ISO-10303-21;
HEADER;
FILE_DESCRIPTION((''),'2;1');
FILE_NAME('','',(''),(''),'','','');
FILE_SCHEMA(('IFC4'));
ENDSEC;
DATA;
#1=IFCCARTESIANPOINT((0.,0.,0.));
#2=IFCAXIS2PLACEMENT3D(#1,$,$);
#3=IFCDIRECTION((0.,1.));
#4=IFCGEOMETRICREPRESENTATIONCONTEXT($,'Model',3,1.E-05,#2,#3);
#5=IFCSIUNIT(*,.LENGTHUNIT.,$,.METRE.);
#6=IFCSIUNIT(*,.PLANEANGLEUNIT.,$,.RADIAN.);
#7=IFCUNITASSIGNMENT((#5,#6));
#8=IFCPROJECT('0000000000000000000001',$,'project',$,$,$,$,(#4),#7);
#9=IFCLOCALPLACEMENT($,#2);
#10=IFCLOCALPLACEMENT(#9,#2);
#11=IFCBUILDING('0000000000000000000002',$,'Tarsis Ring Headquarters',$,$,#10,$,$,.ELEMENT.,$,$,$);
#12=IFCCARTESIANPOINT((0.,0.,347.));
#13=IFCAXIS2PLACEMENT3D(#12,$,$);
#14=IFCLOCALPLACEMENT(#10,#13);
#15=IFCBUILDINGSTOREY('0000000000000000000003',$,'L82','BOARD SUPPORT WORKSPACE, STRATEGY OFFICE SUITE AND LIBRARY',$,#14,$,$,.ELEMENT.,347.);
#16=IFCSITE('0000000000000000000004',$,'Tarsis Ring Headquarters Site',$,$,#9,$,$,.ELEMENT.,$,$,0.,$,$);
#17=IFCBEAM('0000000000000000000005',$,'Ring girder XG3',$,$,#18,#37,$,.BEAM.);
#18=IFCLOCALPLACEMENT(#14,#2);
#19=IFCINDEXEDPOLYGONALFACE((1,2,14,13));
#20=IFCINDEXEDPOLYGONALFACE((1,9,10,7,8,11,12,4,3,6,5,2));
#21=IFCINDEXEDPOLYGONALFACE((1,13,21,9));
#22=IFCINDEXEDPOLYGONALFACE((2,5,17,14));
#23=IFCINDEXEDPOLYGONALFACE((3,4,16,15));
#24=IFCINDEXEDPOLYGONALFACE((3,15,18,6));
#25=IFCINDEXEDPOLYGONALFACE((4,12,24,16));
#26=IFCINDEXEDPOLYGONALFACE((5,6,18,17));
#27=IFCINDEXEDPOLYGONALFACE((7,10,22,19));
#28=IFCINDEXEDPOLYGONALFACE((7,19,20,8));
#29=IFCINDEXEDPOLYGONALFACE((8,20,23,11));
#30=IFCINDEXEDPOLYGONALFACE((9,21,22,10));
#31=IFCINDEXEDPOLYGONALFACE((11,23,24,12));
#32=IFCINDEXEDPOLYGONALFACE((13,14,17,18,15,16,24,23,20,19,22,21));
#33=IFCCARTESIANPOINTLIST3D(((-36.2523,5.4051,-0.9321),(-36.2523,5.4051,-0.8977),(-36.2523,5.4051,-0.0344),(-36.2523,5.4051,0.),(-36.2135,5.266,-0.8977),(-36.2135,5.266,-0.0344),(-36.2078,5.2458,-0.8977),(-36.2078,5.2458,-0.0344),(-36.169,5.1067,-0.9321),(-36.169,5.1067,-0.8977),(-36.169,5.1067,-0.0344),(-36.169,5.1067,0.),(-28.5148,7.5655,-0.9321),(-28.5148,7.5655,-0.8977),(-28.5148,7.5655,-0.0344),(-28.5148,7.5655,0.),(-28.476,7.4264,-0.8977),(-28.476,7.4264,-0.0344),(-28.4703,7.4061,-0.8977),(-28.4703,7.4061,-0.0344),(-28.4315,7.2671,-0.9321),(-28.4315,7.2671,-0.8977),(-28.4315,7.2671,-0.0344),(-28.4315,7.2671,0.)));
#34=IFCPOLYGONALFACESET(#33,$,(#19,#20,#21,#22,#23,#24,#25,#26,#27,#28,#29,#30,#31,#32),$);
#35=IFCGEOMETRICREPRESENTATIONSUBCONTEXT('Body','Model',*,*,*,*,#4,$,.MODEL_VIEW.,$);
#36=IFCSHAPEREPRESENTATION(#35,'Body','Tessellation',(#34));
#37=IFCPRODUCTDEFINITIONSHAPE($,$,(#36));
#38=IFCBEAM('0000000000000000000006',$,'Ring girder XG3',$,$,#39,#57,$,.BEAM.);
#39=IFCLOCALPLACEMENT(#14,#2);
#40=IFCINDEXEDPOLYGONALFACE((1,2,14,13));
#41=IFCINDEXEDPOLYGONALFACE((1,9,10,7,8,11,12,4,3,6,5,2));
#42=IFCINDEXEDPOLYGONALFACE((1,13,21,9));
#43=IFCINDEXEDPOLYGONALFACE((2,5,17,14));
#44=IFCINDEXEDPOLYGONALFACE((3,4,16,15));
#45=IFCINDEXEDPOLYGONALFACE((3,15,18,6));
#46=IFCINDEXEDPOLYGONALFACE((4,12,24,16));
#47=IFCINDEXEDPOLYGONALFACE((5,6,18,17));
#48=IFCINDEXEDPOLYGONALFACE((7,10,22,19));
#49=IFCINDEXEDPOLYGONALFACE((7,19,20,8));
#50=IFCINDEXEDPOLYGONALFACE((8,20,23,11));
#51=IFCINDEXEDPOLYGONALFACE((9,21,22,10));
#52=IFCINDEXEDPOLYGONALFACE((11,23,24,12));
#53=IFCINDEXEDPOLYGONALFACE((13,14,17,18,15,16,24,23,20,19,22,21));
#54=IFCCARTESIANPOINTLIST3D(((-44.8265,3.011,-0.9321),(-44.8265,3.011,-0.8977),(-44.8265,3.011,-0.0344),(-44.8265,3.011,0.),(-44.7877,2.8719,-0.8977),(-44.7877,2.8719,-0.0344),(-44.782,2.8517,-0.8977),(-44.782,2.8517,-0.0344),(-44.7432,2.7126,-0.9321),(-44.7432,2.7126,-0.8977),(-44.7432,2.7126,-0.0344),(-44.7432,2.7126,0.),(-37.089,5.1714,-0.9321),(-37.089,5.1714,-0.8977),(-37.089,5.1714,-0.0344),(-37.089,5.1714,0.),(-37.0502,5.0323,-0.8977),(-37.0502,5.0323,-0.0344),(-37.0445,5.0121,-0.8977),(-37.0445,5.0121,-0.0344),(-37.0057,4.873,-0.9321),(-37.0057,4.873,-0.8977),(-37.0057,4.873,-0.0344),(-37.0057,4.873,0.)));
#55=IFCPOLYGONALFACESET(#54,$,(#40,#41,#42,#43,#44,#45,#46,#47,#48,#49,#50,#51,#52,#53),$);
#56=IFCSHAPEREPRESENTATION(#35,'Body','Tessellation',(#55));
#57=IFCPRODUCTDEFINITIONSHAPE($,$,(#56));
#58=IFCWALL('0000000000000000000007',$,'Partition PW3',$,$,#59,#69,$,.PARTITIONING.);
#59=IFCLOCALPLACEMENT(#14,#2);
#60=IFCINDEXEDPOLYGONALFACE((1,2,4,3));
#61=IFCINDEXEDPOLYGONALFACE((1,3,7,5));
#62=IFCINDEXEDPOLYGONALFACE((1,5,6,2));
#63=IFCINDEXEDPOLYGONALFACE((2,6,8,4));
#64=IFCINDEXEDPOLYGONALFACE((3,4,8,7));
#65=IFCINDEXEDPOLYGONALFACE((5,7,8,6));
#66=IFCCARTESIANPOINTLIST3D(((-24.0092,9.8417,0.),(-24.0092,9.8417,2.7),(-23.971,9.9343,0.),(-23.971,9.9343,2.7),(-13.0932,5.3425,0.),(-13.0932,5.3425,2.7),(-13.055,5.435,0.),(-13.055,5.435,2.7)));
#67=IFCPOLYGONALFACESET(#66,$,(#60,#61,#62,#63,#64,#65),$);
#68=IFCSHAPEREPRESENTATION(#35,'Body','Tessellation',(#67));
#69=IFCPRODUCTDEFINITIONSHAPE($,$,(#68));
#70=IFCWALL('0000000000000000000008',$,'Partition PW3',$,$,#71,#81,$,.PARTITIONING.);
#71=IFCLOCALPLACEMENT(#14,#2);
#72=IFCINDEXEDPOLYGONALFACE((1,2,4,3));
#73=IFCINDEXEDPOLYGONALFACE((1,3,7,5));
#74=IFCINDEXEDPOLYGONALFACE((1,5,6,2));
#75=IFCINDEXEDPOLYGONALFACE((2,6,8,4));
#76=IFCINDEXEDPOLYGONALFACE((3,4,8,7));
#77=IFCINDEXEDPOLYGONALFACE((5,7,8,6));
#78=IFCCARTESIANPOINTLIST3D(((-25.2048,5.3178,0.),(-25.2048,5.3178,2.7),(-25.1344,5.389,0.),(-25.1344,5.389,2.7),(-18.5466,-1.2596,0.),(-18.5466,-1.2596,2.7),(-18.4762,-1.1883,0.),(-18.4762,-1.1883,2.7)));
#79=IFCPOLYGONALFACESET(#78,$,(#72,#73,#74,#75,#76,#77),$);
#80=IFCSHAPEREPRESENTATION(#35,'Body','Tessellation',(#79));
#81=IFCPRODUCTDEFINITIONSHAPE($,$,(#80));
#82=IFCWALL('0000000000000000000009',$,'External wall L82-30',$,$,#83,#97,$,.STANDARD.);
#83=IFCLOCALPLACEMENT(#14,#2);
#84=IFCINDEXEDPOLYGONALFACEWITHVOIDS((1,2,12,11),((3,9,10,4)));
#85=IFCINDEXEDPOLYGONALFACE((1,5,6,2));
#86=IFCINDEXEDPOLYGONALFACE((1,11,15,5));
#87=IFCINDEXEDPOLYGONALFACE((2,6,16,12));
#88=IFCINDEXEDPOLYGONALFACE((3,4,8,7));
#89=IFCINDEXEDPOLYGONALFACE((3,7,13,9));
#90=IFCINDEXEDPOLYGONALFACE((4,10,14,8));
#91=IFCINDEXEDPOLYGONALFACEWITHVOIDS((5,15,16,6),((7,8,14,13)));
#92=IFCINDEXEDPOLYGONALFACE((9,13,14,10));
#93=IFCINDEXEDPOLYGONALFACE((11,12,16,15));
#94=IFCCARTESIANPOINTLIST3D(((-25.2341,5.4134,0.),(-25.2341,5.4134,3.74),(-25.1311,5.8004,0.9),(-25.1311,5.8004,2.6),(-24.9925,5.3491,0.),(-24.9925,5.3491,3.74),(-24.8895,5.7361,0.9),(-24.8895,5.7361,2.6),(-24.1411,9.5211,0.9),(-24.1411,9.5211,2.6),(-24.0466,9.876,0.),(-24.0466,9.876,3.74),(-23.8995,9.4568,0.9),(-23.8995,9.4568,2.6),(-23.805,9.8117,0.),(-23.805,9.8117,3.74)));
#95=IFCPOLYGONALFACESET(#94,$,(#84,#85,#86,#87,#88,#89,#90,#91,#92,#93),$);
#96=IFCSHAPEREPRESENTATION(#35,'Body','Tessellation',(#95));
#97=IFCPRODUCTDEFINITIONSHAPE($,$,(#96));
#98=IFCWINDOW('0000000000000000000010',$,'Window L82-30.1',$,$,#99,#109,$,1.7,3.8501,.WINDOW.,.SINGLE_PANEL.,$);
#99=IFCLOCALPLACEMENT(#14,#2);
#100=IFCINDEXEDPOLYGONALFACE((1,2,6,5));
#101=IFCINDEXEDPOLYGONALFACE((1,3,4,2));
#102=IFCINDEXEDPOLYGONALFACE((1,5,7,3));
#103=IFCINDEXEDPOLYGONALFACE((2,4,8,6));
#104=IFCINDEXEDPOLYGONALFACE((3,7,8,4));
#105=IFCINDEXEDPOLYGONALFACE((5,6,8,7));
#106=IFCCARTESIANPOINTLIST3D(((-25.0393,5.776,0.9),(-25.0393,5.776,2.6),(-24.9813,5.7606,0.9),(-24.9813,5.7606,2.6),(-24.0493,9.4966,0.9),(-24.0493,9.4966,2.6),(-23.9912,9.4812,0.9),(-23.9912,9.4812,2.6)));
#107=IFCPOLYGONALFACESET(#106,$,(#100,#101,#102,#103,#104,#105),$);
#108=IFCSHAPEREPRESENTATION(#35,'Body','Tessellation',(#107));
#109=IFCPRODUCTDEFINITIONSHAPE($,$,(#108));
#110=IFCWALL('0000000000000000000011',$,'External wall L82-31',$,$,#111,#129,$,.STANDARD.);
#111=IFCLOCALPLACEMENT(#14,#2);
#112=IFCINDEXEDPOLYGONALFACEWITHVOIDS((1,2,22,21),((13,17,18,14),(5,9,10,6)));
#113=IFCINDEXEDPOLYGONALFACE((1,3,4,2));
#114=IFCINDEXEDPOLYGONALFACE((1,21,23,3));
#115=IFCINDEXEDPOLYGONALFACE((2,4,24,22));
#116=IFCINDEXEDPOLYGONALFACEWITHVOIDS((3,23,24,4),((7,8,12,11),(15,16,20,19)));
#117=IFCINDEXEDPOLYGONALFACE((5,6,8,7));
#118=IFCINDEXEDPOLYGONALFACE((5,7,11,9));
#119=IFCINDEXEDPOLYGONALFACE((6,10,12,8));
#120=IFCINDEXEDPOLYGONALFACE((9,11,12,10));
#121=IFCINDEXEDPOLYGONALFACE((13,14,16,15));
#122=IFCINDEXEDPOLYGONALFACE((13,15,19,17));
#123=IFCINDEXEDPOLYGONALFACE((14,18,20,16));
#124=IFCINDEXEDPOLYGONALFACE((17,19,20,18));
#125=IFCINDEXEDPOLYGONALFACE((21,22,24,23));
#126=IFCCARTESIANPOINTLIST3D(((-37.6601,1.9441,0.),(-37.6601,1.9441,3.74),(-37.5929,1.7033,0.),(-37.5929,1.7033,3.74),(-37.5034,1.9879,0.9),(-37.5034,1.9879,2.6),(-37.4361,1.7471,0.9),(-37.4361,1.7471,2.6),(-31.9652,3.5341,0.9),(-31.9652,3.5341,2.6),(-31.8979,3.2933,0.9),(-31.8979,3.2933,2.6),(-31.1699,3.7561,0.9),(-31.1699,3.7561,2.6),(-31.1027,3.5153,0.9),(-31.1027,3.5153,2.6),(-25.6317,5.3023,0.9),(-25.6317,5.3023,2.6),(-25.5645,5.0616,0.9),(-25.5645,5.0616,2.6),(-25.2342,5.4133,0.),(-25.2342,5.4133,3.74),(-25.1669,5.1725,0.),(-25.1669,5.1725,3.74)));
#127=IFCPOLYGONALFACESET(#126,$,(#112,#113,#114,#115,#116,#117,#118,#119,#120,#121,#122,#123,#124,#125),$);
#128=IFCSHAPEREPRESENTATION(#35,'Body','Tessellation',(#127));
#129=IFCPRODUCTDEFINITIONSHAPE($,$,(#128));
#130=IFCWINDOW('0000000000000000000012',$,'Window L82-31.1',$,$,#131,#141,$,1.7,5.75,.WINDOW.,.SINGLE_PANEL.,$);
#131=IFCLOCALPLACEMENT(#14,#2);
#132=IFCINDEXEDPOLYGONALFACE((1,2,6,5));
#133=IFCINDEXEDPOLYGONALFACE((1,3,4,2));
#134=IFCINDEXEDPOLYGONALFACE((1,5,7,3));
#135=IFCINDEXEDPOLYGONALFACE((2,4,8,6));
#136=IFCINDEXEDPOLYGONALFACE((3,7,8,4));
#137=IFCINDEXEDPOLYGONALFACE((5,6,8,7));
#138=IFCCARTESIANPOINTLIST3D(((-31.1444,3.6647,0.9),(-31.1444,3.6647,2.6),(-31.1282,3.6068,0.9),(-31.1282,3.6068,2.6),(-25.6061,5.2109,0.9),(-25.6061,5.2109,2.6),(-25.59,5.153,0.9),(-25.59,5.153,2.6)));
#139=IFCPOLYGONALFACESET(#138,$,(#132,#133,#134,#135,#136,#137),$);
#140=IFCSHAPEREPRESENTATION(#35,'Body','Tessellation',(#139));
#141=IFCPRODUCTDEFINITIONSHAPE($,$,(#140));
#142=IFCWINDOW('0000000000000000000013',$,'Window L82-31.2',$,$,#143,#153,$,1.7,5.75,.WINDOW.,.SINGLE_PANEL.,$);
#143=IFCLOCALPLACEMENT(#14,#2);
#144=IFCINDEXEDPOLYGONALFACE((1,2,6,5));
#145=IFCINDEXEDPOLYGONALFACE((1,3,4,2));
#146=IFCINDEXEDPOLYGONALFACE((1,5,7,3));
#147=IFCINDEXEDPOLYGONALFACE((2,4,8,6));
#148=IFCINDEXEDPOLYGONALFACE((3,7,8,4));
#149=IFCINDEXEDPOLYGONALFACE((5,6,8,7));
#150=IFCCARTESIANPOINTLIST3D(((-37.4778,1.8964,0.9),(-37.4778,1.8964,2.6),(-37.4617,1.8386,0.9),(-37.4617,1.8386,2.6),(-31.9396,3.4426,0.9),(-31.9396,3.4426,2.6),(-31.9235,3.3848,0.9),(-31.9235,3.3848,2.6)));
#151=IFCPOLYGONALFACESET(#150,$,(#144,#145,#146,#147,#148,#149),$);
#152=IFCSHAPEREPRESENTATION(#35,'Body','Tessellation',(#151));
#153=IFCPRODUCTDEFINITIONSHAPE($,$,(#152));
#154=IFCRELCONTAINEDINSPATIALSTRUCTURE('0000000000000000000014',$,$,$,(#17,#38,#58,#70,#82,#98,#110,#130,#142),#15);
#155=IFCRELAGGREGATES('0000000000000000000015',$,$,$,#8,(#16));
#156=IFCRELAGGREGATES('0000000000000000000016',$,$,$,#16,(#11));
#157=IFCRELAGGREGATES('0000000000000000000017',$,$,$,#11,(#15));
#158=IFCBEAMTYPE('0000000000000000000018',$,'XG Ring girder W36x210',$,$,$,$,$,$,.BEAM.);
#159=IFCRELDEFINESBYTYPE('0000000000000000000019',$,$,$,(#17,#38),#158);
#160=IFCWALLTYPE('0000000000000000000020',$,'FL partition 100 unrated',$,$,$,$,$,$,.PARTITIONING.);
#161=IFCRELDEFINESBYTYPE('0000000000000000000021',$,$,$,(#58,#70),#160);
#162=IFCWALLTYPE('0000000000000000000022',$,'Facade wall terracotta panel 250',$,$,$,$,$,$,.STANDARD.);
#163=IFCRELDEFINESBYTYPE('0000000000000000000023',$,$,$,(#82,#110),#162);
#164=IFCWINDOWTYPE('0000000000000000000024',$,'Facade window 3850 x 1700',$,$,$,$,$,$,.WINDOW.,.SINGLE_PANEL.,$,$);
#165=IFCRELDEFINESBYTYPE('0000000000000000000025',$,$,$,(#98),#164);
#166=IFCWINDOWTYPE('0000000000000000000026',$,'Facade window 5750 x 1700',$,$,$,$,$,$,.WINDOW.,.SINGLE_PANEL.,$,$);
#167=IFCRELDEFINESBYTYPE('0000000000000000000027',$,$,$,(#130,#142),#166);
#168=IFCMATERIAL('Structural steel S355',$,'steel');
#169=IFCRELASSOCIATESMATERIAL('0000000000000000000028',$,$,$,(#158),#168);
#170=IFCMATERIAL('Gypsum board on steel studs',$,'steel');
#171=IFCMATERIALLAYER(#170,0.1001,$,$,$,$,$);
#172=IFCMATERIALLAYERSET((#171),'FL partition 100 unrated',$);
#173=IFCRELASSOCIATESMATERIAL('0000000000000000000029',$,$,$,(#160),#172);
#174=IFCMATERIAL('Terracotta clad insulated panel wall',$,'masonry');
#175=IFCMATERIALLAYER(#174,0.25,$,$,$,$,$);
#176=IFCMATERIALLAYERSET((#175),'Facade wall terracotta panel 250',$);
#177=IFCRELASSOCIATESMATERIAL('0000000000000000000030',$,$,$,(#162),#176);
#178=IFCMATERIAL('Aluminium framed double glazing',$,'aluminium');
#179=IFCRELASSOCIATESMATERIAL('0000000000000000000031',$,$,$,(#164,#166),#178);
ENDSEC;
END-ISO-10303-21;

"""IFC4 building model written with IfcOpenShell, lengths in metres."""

from ifc_helpers import new_model, si_unit, direction, frame, frame_2d, origin, origin_2d, place, context, subcontext, project, spatial, rectangle, i_section, extrude, material, layer, layer_set, material_profile, profile_set, type_object, element, fill, save


model = new_model("IFC4")

# Units and contexts
model_context = context("Model", 3, precision=1e-05, world=origin(), true_north=direction((0.0, 1.0)))
body_context = subcontext(model_context, "Body", "Model", "MODEL_VIEW")
ifc_project = project(units=[si_unit("LENGTHUNIT", "METRE"), si_unit("PLANEANGLEUNIT", "RADIAN")], contexts=[model_context])

# Site, building, storey
site_placement = place(None, origin())
site = spatial("IfcSite", under=ifc_project, at=site_placement, Name="Tarsis Ring Headquarters Site", CompositionType="ELEMENT", RefElevation=0.0)
building_placement = place(site_placement, origin())
building = spatial("IfcBuilding", under=site, at=building_placement, Name="Tarsis Ring Headquarters", CompositionType="ELEMENT")
storey_placement = place(building_placement, frame((0.0, 0.0, 347.0)))
storey = spatial("IfcBuildingStorey", under=building, at=storey_placement, Name="L82", Description="BOARD SUPPORT WORKSPACE, STRATEGY OFFICE SUITE AND LIBRARY", CompositionType="ELEMENT", Elevation=347.0)

# Shared definitions
ifc_material_1 = material(Name="Structural steel S355", Category="steel")

# Beams
ifc_material_profile_1 = material_profile(ifc_material_1, i_section(OverallWidth=0.3098, OverallDepth=0.9321, WebThickness=0.021, FlangeThickness=0.0344, at=origin_2d()), Name="W36x210")
ifc_profile_set_1 = profile_set([ifc_material_profile_1], Name="Structural steel S355")
beam_type_1 = type_object("IfcBeamType", Name="XG Ring girder W36x210", PredefinedType="BEAM", material=ifc_profile_set_1)
for number, where, z_axis, x_axis, name in (
    (1, (-28.4731, 7.4163, -0.4661), (-0.963161, -0.268924, 0.0), (0.268924, -0.963161, 0.0), "Ring girder XG3"),
    (2, (-37.0474, 5.0222, -0.4661), (-0.963161, -0.268924, 0.0), (0.268924, -0.963161, 0.0), "Ring girder XG3"),
):
    element("IfcBeam", number, at=place(storey_placement, frame(where, z_axis=z_axis, x_axis=x_axis)), inside=storey, type_object=beam_type_1, Name=name, PredefinedType="BEAM", context=body_context, shape_type="SweptSolid", body=[
        extrude(i_section(OverallWidth=0.3098, OverallDepth=0.9321, WebThickness=0.021, FlangeThickness=0.0344, at=origin_2d()), origin(), (0.0, 0.0, 1.0), 8.0334),
    ])

# Walls
ifc_material_2 = material(Name="Gypsum board on steel studs", Category="steel")
ifc_layer_1 = layer(ifc_material_2, 0.1001)
ifc_layer_set_1 = layer_set([ifc_layer_1], Name="FL partition 100 unrated")
wall_type_1 = type_object("IfcWallType", Name="FL partition 100 unrated", PredefinedType="PARTITIONING", material=ifc_layer_set_1)
wall_1_placement = place(storey_placement, frame((-23.99, 9.8879, 0.0), z_axis=(0.0, 0.0, 1.0), x_axis=(0.924546, -0.381071, 0.0)))
element("IfcWall", 3, at=wall_1_placement, inside=storey, type_object=wall_type_1, Name="Partition PW3", PredefinedType="PARTITIONING", context=body_context, shape_type="SweptSolid", body=[
    extrude(rectangle(XDim=11.8069, YDim=0.1001, at=frame_2d((5.9033, 0.0))), origin(), (0.0, 0.0, 1.0), 2.7),
])
wall_2_placement = place(storey_placement, frame((-25.1697, 5.3535, 0.0), z_axis=(0.0, 0.0, 1.0), x_axis=(0.711411, -0.702776, 0.0)))
element("IfcWall", 4, at=wall_2_placement, inside=storey, type_object=wall_type_1, Name="Partition PW3", PredefinedType="PARTITIONING", context=body_context, shape_type="SweptSolid", body=[
    extrude(rectangle(XDim=9.3591, YDim=0.1001, at=frame_2d((4.6797, 0.0))), origin(), (0.0, 0.0, 1.0), 2.7),
])

# Wall, opening, window
ifc_material_3 = material(Name="Terracotta clad insulated panel wall", Category="masonry")
ifc_layer_2 = layer(ifc_material_3, 0.25)
ifc_layer_set_2 = layer_set([ifc_layer_2], Name="Facade wall terracotta panel 250")
wall_type_2 = type_object("IfcWallType", Name="Facade wall terracotta panel 250", PredefinedType="STANDARD", material=ifc_layer_set_2)
wall_3_placement = place(storey_placement, frame((-23.9258, 9.844, 0.0), z_axis=(0.0, 0.0, 1.0), x_axis=(-0.257149, -0.966372, 0.0)))
wall_3 = element("IfcWall", 5, at=wall_3_placement, inside=storey, type_object=wall_type_2, Name="External wall L82-30", PredefinedType="STANDARD", context=body_context, shape_type="SweptSolid", body=[
    extrude(rectangle(XDim=4.6179, YDim=0.25, at=frame_2d((2.3091, 0.0))), origin(), (0.0, 0.0, 1.0), 3.74),
])
opening_1_placement = place(wall_3_placement, frame((0.3674, 0.0, 0.8999)))
opening_1 = element("IfcOpeningElement", 6, at=opening_1_placement, cuts=wall_3, PredefinedType="OPENING", context=body_context, shape_type="SweptSolid", body=[
    extrude(rectangle(XDim=3.8501, YDim=1.7, at=frame_2d((1.925, 0.8501))), frame((0.0, 0.135, 0.0), z_axis=(0.0, -1.0, 0.0), x_axis=(1.0, 0.0, 0.0)), (0.0, 0.0, 1.0), 0.27),
])
ifc_material_4 = material(Name="Aluminium framed double glazing", Category="aluminium")
window_type_1 = type_object("IfcWindowType", Name="Facade window 3850 x 1700", PartitioningType="SINGLE_PANEL", PredefinedType="WINDOW", material=ifc_material_4)
window_1_placement = place(opening_1_placement, origin())
window_1 = element("IfcWindow", 7, at=window_1_placement, inside=storey, type_object=window_type_1, Name="Window L82-30.1", OverallHeight=1.7, OverallWidth=3.8501, PartitioningType="SINGLE_PANEL", PredefinedType="WINDOW", context=body_context, shape_type="SweptSolid", body=[
    extrude(rectangle(XDim=3.8501, YDim=1.7, at=frame_2d((1.925, 0.8501))), frame((0.0, 0.03, 0.0), z_axis=(0.0, -1.0, 0.0), x_axis=(1.0, 0.0, 0.0)), (0.0, 0.0, 1.0), 0.0601),
])
fill(opening_1, window_1)

# Wall, openings, windows
wall_4_placement = place(storey_placement, frame((-25.2004, 5.293, 0.0), z_axis=(0.0, 0.0, 1.0), x_axis=(-0.963166, -0.268908, 0.0)))
wall_4 = element("IfcWall", 8, at=wall_4_placement, inside=storey, type_object=wall_type_2, Name="External wall L82-31", PredefinedType="STANDARD", context=body_context, shape_type="SweptSolid", body=[
    extrude(rectangle(XDim=12.9011, YDim=0.25, at=frame_2d((6.4507, 0.0))), origin(), (0.0, 0.0, 1.0), 3.74),
])
opening_2_placement = place(wall_4_placement, frame((0.4128, 0.0, 0.8999)))
opening_2 = element("IfcOpeningElement", 9, at=opening_2_placement, cuts=wall_4, PredefinedType="OPENING", context=body_context, shape_type="SweptSolid", body=[
    extrude(rectangle(XDim=5.75, YDim=1.7, at=frame_2d((2.875, 0.8501))), frame((0.0, 0.135, 0.0), z_axis=(0.0, -1.0, 0.0), x_axis=(1.0, 0.0, 0.0)), (0.0, 0.0, 1.0), 0.27),
])
opening_3_placement = place(wall_4_placement, frame((6.9885, 0.0, 0.8999)))
opening_3 = element("IfcOpeningElement", 10, at=opening_3_placement, cuts=wall_4, PredefinedType="OPENING", context=body_context, shape_type="SweptSolid", body=[
    extrude(rectangle(XDim=5.75, YDim=1.7, at=frame_2d((2.875, 0.8501))), frame((0.0, 0.135, 0.0), z_axis=(0.0, -1.0, 0.0), x_axis=(1.0, 0.0, 0.0)), (0.0, 0.0, 1.0), 0.27),
])
window_type_2 = type_object("IfcWindowType", Name="Facade window 5750 x 1700", PartitioningType="SINGLE_PANEL", PredefinedType="WINDOW", material=ifc_material_4)
window_2_placement = place(opening_2_placement, origin())
window_2 = element("IfcWindow", 11, at=window_2_placement, inside=storey, type_object=window_type_2, Name="Window L82-31.1", OverallHeight=1.7, OverallWidth=5.75, PartitioningType="SINGLE_PANEL", PredefinedType="WINDOW", context=body_context, shape_type="SweptSolid", body=[
    extrude(rectangle(XDim=5.75, YDim=1.7, at=frame_2d((2.875, 0.8501))), frame((0.0, 0.03, 0.0), z_axis=(0.0, -1.0, 0.0), x_axis=(1.0, 0.0, 0.0)), (0.0, 0.0, 1.0), 0.0601),
])
fill(opening_2, window_2)
window_3_placement = place(opening_3_placement, origin())
window_3 = element("IfcWindow", 12, at=window_3_placement, inside=storey, type_object=window_type_2, Name="Window L82-31.2", OverallHeight=1.7, OverallWidth=5.75, PartitioningType="SINGLE_PANEL", PredefinedType="WINDOW", context=body_context, shape_type="SweptSolid", body=[
    extrude(rectangle(XDim=5.75, YDim=1.7, at=frame_2d((2.875, 0.8501))), frame((0.0, 0.03, 0.0), z_axis=(0.0, -1.0, 0.0), x_axis=(1.0, 0.0, 0.0)), (0.0, 0.0, 1.0), 0.0601),
])
fill(opening_3, window_3)

save(model, "model.ifc")
